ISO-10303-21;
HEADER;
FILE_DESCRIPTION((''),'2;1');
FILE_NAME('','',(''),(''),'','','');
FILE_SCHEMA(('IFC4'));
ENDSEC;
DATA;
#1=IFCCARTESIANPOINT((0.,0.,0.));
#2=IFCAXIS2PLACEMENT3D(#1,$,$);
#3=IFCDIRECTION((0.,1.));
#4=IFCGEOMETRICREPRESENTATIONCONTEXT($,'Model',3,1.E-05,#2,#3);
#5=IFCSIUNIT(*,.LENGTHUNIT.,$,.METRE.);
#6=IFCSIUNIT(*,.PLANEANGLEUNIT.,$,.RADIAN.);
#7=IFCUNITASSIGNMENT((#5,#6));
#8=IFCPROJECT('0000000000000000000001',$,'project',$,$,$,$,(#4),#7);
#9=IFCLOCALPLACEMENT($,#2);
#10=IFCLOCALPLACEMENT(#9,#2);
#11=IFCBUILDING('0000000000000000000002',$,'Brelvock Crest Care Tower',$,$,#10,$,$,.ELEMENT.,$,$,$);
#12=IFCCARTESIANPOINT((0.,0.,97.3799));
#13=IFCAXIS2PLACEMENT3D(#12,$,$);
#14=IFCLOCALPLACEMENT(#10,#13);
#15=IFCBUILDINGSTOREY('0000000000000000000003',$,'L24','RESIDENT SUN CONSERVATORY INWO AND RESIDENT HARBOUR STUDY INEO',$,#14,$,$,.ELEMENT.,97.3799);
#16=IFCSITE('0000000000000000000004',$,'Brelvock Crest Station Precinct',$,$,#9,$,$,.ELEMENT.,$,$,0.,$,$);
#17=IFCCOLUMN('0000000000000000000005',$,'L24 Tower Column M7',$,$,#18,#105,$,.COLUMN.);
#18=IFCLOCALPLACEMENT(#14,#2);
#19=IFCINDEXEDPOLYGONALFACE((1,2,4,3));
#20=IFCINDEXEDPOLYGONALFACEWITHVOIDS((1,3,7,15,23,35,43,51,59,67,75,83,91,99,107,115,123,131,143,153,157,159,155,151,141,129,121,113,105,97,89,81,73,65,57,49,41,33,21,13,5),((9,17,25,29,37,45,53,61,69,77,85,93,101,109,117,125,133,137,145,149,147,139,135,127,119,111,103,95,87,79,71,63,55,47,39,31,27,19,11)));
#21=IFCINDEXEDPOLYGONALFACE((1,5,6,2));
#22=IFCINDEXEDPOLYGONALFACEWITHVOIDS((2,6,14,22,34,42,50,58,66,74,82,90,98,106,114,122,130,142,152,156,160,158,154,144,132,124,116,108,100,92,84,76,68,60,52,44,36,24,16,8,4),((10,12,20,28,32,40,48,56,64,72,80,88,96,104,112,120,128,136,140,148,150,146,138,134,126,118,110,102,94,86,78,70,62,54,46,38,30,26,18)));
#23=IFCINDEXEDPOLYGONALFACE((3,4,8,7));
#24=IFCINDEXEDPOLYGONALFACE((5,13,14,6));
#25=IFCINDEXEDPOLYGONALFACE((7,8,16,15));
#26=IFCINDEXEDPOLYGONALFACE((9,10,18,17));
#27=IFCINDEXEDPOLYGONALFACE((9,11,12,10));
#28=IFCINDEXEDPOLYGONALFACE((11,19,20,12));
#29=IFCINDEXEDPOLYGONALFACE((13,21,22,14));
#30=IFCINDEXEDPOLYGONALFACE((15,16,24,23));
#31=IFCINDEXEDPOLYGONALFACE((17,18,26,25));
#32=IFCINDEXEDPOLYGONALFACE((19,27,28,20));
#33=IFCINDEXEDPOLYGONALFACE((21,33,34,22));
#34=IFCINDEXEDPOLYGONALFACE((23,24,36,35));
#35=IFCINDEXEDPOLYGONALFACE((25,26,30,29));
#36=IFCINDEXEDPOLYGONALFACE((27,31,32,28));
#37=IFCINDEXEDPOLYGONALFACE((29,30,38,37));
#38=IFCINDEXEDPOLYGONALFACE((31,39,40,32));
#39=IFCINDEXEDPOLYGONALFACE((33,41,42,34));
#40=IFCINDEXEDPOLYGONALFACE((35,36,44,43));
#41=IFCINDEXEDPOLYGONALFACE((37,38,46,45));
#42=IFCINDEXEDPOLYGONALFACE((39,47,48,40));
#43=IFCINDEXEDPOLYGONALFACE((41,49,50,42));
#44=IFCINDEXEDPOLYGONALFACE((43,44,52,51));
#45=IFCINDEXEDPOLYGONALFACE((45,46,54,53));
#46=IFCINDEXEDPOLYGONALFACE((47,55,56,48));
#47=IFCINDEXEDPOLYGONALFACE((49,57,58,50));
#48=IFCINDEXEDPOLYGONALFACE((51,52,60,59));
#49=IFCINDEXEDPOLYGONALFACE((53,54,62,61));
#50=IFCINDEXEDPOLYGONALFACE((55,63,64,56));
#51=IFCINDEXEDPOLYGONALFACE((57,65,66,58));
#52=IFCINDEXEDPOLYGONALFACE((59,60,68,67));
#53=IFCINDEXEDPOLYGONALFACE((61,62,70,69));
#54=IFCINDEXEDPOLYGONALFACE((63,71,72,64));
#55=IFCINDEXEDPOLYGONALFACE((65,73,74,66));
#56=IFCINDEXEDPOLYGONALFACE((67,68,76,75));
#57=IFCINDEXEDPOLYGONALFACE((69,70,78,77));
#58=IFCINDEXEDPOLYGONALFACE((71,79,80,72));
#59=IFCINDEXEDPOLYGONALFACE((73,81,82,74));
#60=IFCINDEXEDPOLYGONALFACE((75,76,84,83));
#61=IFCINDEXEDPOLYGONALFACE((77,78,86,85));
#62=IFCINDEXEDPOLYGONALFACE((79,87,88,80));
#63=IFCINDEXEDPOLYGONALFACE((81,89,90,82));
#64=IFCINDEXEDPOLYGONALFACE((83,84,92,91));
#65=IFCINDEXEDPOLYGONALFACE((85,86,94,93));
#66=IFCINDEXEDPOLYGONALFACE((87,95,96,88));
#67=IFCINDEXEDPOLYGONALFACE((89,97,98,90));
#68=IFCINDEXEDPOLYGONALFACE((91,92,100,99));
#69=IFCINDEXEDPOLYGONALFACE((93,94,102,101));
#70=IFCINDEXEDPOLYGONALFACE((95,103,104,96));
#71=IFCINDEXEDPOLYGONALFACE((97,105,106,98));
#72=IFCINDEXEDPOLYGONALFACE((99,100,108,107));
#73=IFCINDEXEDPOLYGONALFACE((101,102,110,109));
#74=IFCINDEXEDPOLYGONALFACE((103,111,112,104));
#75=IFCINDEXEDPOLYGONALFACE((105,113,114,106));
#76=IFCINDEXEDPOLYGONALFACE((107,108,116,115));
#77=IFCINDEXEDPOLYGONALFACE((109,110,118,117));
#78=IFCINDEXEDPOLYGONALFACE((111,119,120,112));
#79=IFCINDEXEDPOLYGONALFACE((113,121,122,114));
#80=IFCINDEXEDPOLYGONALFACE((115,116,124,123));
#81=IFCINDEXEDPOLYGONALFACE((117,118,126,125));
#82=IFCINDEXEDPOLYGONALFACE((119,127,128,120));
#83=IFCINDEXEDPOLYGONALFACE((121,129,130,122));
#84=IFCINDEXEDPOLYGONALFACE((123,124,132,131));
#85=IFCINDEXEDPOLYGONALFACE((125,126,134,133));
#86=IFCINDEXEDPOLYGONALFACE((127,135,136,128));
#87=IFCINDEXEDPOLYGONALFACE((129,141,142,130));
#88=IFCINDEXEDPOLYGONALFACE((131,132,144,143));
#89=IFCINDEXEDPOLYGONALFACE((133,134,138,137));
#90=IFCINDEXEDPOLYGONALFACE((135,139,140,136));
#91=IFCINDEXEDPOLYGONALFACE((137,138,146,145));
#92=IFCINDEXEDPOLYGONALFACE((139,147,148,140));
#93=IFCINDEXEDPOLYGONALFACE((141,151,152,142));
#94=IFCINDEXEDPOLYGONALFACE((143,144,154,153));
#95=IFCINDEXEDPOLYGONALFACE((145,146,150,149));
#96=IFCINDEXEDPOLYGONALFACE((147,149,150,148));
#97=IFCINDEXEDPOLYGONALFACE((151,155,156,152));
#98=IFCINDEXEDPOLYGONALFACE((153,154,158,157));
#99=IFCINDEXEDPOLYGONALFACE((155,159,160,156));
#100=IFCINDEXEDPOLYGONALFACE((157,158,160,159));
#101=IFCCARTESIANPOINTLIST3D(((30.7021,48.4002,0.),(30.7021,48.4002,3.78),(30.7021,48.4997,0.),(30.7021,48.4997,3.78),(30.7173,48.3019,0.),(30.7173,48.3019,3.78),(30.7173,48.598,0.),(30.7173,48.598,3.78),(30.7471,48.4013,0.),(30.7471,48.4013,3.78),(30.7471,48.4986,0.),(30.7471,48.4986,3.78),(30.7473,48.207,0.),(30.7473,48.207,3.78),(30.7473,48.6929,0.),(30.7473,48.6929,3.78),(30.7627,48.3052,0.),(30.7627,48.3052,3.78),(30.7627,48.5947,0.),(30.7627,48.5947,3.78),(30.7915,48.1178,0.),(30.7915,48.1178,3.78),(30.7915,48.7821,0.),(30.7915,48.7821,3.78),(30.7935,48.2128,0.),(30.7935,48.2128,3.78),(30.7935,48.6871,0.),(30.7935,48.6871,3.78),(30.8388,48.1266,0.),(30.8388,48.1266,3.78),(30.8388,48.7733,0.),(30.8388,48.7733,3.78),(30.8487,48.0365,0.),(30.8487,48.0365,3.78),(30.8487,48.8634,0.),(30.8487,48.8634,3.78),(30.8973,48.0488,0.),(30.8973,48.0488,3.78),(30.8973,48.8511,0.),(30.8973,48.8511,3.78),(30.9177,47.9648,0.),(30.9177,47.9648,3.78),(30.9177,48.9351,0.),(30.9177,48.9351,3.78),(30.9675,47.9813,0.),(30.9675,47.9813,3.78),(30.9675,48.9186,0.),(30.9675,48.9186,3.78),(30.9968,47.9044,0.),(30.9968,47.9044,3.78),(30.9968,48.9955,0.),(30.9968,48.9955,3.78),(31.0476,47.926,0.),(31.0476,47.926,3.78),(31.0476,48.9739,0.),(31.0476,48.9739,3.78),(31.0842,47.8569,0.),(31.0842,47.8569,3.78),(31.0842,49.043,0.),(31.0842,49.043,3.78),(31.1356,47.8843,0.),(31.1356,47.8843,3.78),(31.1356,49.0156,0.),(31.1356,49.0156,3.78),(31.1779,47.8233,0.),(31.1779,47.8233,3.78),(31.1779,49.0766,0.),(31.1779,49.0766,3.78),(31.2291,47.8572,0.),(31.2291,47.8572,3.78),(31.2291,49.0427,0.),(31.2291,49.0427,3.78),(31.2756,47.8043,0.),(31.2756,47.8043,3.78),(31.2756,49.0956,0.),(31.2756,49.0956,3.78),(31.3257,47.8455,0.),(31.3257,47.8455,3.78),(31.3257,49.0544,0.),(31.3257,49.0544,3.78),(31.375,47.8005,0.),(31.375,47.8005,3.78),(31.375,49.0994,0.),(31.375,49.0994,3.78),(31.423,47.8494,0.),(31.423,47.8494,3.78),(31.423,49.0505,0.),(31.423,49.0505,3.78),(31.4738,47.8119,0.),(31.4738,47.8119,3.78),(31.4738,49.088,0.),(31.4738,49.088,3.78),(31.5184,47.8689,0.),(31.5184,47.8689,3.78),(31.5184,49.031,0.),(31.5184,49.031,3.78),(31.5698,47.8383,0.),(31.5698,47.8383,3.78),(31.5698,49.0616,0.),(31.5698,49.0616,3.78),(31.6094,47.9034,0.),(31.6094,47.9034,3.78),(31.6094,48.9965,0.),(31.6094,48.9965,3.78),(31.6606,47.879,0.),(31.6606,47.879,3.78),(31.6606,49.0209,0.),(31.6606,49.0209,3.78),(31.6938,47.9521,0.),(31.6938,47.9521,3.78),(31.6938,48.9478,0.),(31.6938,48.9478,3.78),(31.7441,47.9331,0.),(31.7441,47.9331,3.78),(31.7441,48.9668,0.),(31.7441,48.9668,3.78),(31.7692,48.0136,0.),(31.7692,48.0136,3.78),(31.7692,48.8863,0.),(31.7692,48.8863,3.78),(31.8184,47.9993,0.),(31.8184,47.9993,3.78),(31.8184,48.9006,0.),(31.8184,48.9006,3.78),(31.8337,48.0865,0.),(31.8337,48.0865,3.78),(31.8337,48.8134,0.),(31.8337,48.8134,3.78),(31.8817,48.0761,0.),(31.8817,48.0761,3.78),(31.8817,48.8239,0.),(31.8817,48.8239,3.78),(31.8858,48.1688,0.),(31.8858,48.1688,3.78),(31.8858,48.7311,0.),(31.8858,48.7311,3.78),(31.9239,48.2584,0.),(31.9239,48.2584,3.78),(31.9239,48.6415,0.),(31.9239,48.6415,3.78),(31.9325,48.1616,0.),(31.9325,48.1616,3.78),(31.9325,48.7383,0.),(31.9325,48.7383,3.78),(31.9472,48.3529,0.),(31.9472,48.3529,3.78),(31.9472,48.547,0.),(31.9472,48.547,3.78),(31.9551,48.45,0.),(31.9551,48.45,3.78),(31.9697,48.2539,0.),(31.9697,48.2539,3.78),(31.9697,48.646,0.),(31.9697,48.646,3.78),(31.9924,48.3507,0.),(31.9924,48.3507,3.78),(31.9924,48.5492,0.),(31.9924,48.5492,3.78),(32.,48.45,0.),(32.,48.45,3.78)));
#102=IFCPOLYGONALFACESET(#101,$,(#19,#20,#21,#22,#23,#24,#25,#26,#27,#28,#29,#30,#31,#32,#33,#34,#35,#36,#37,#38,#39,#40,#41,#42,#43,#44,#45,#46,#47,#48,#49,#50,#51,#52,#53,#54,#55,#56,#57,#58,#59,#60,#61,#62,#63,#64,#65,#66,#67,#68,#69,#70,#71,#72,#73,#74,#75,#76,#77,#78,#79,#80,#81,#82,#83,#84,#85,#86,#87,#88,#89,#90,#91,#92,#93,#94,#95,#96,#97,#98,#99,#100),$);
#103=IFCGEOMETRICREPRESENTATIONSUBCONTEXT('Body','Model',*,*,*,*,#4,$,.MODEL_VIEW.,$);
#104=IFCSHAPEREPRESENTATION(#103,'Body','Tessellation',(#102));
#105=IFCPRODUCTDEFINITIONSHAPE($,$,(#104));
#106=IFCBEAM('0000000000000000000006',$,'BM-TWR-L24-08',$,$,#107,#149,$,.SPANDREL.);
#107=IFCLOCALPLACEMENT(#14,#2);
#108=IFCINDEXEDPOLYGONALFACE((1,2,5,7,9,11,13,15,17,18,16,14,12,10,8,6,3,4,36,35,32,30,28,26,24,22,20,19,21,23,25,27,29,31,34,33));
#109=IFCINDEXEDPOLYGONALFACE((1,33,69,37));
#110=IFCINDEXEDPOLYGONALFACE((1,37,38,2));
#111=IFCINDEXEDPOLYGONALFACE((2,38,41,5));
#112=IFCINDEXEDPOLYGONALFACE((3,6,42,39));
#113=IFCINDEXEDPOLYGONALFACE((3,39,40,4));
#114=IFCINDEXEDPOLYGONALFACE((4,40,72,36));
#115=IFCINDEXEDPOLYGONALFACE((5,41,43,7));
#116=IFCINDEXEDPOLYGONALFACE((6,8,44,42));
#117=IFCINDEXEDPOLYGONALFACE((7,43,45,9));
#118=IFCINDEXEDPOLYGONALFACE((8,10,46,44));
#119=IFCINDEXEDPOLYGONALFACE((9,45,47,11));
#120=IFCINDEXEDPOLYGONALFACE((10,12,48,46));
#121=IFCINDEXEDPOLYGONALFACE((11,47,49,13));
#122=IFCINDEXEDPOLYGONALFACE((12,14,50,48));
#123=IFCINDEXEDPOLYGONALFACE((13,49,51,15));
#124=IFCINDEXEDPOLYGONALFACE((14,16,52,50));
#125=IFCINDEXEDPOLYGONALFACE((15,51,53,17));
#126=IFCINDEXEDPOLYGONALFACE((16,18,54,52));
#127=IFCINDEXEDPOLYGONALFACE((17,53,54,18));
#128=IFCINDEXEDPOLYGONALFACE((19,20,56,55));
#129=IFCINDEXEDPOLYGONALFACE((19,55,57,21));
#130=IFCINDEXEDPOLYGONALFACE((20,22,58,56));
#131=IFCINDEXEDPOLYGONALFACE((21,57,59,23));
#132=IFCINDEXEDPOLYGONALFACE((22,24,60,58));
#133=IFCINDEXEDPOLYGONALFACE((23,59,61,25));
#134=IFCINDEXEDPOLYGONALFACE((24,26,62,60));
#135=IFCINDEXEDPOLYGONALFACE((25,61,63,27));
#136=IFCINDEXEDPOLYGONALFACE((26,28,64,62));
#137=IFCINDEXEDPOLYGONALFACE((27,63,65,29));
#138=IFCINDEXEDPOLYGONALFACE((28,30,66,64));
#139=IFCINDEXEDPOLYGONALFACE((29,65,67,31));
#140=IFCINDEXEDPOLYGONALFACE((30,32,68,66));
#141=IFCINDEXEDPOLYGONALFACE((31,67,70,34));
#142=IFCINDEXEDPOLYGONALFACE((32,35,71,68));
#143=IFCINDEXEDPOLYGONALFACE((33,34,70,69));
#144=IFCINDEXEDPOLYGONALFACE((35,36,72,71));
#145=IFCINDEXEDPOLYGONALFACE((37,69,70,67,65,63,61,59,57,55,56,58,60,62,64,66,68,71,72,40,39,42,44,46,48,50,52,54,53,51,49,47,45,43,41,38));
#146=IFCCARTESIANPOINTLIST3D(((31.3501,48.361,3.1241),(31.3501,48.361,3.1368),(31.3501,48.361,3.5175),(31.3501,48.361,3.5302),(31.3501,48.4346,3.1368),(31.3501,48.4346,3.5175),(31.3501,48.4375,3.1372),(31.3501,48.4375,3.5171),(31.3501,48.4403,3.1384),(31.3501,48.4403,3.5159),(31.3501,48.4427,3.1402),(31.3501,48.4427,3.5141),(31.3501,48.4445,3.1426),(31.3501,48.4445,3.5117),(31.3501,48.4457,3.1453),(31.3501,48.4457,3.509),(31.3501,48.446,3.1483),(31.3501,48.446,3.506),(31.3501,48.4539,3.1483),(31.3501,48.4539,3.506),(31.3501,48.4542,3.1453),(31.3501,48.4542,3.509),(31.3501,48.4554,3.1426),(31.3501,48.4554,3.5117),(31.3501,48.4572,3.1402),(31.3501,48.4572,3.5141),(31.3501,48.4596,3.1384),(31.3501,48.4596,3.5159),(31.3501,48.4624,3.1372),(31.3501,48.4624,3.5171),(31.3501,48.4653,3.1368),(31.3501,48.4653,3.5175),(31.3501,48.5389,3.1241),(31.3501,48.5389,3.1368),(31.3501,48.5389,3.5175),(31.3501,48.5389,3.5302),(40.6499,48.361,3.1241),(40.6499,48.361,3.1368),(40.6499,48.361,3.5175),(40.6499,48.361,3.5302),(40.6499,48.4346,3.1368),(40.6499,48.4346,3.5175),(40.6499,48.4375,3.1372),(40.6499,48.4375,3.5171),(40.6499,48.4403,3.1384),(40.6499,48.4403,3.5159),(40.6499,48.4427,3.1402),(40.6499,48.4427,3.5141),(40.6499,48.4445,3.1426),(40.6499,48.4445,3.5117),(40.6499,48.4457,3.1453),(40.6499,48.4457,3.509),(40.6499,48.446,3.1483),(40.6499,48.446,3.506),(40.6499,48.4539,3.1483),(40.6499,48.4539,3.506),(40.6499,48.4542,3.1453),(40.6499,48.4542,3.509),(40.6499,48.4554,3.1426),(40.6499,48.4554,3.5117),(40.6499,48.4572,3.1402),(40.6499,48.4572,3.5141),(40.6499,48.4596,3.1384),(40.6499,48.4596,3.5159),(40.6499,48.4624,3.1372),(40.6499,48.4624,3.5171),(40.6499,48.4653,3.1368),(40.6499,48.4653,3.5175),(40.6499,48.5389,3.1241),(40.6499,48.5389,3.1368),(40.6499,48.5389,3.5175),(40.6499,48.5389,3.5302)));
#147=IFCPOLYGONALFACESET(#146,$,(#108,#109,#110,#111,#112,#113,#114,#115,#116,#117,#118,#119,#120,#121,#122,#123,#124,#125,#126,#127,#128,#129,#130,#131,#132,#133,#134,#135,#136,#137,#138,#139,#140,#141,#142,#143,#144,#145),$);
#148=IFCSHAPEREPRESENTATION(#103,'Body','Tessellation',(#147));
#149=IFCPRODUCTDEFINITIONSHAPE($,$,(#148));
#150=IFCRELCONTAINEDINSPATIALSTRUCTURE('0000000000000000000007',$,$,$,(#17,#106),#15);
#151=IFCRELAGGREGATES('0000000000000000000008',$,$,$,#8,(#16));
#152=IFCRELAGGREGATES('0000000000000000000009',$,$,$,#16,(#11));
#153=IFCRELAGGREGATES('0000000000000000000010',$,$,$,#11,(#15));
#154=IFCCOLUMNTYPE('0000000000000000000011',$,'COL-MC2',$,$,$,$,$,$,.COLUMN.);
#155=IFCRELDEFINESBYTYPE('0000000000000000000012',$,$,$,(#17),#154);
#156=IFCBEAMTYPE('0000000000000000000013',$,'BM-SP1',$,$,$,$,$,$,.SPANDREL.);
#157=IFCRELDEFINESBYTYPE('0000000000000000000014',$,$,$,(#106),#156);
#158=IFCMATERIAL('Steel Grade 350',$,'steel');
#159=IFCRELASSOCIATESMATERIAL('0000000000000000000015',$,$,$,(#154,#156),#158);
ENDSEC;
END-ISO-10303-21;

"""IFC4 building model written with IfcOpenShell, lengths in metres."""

from ifc_helpers import new_model, si_unit, direction, frame, origin, origin_2d, place, context, subcontext, project, spatial, hollow_circle, i_section, extrude, source, transform, mapped, material, material_profile, profile_set, type_object, element, save


model = new_model("IFC4")

# Units and contexts
model_context = context("Model", 3, precision=1e-05, world=origin(), true_north=direction((0.0, 1.0)))
body_context = subcontext(model_context, "Body", "Model", "MODEL_VIEW")
ifc_project = project(units=[si_unit("LENGTHUNIT", "METRE"), si_unit("PLANEANGLEUNIT", "RADIAN")], contexts=[model_context])

# Site, building, storey
site_placement = place(None, origin())
site = spatial("IfcSite", under=ifc_project, at=site_placement, Name="Brelvock Crest Station Precinct", CompositionType="ELEMENT", RefElevation=0.0)
building_placement = place(site_placement, origin())
building = spatial("IfcBuilding", under=site, at=building_placement, Name="Brelvock Crest Care Tower", CompositionType="ELEMENT")
storey_placement = place(building_placement, frame((0.0, 0.0, 97.3799)))
storey = spatial("IfcBuildingStorey", under=building, at=storey_placement, Name="L24", Description="RESIDENT SUN CONSERVATORY INWO AND RESIDENT HARBOUR STUDY INEO", CompositionType="ELEMENT", Elevation=97.3799)

# Column
ifc_material_1 = material(Name="Steel Grade 350", Category="steel")
ifc_material_profile_1 = material_profile(ifc_material_1, hollow_circle(Radius=0.6499, WallThickness=0.0449, at=origin_2d()), Name="CFT1300x45")
ifc_profile_set_1 = profile_set([ifc_material_profile_1], Name="Steel Grade 350")
column_type = type_object("IfcColumnType", Name="COL-MC2", PredefinedType="COLUMN", material=ifc_profile_set_1)
shared_shape_1 = source(origin(), body_context, "Body", "SweptSolid", [
    extrude(hollow_circle(Radius=0.6499, WallThickness=0.0449, at=origin_2d()), origin(), (0.0, 0.0, 1.0), 3.78),
])
column_placement = place(storey_placement, frame((31.3501, 48.45, 0.0), z_axis=(0.0, 0.0, 1.0), x_axis=(1.0, 0.0, 0.0)))
element("IfcColumn", 1, at=column_placement, inside=storey, type_object=column_type, Name="L24 Tower Column M7", PredefinedType="COLUMN", context=body_context, shape_type="MappedRepresentation", body=[
    mapped(shared_shape_1, transform((0.0, 0.0, 0.0), x_axis=(1.0, 0.0, 0.0), y_axis=(0.0, 1.0, 0.0), z_axis=(0.0, 0.0, 1.0), scale=1.0)),
])

# Beam
ifc_material_profile_2 = material_profile(ifc_material_1, i_section(OverallWidth=0.178, OverallDepth=0.406, WebThickness=0.0078, FlangeThickness=0.0127, FilletRadius=0.0115, at=origin_2d()), Name="410UB59.7")
ifc_profile_set_2 = profile_set([ifc_material_profile_2], Name="Steel Grade 350")
beam_type_1 = type_object("IfcBeamType", Name="BM-SP1", PredefinedType="SPANDREL", material=ifc_profile_set_2)
shared_shape_2 = source(origin(), body_context, "Body", "SweptSolid", [
    extrude(i_section(OverallWidth=0.178, OverallDepth=0.406, WebThickness=0.0078, FlangeThickness=0.0127, FilletRadius=0.0115, at=origin_2d()), origin(), (0.0, 0.0, 1.0), 9.2998),
])
beam_placement = place(storey_placement, frame((31.3501, 48.45, 3.3271), z_axis=(1.0, 0.0, 0.0), x_axis=(0.0, 1.0, 0.0)))
element("IfcBeam", 2, at=beam_placement, inside=storey, type_object=beam_type_1, Name="BM-TWR-L24-08", PredefinedType="SPANDREL", context=body_context, shape_type="MappedRepresentation", body=[
    mapped(shared_shape_2, transform((0.0, 0.0, 0.0), x_axis=(1.0, 0.0, 0.0), y_axis=(0.0, 1.0, 0.0), z_axis=(0.0, 0.0, 1.0), scale=1.0)),
])

save(model, "model.ifc")
